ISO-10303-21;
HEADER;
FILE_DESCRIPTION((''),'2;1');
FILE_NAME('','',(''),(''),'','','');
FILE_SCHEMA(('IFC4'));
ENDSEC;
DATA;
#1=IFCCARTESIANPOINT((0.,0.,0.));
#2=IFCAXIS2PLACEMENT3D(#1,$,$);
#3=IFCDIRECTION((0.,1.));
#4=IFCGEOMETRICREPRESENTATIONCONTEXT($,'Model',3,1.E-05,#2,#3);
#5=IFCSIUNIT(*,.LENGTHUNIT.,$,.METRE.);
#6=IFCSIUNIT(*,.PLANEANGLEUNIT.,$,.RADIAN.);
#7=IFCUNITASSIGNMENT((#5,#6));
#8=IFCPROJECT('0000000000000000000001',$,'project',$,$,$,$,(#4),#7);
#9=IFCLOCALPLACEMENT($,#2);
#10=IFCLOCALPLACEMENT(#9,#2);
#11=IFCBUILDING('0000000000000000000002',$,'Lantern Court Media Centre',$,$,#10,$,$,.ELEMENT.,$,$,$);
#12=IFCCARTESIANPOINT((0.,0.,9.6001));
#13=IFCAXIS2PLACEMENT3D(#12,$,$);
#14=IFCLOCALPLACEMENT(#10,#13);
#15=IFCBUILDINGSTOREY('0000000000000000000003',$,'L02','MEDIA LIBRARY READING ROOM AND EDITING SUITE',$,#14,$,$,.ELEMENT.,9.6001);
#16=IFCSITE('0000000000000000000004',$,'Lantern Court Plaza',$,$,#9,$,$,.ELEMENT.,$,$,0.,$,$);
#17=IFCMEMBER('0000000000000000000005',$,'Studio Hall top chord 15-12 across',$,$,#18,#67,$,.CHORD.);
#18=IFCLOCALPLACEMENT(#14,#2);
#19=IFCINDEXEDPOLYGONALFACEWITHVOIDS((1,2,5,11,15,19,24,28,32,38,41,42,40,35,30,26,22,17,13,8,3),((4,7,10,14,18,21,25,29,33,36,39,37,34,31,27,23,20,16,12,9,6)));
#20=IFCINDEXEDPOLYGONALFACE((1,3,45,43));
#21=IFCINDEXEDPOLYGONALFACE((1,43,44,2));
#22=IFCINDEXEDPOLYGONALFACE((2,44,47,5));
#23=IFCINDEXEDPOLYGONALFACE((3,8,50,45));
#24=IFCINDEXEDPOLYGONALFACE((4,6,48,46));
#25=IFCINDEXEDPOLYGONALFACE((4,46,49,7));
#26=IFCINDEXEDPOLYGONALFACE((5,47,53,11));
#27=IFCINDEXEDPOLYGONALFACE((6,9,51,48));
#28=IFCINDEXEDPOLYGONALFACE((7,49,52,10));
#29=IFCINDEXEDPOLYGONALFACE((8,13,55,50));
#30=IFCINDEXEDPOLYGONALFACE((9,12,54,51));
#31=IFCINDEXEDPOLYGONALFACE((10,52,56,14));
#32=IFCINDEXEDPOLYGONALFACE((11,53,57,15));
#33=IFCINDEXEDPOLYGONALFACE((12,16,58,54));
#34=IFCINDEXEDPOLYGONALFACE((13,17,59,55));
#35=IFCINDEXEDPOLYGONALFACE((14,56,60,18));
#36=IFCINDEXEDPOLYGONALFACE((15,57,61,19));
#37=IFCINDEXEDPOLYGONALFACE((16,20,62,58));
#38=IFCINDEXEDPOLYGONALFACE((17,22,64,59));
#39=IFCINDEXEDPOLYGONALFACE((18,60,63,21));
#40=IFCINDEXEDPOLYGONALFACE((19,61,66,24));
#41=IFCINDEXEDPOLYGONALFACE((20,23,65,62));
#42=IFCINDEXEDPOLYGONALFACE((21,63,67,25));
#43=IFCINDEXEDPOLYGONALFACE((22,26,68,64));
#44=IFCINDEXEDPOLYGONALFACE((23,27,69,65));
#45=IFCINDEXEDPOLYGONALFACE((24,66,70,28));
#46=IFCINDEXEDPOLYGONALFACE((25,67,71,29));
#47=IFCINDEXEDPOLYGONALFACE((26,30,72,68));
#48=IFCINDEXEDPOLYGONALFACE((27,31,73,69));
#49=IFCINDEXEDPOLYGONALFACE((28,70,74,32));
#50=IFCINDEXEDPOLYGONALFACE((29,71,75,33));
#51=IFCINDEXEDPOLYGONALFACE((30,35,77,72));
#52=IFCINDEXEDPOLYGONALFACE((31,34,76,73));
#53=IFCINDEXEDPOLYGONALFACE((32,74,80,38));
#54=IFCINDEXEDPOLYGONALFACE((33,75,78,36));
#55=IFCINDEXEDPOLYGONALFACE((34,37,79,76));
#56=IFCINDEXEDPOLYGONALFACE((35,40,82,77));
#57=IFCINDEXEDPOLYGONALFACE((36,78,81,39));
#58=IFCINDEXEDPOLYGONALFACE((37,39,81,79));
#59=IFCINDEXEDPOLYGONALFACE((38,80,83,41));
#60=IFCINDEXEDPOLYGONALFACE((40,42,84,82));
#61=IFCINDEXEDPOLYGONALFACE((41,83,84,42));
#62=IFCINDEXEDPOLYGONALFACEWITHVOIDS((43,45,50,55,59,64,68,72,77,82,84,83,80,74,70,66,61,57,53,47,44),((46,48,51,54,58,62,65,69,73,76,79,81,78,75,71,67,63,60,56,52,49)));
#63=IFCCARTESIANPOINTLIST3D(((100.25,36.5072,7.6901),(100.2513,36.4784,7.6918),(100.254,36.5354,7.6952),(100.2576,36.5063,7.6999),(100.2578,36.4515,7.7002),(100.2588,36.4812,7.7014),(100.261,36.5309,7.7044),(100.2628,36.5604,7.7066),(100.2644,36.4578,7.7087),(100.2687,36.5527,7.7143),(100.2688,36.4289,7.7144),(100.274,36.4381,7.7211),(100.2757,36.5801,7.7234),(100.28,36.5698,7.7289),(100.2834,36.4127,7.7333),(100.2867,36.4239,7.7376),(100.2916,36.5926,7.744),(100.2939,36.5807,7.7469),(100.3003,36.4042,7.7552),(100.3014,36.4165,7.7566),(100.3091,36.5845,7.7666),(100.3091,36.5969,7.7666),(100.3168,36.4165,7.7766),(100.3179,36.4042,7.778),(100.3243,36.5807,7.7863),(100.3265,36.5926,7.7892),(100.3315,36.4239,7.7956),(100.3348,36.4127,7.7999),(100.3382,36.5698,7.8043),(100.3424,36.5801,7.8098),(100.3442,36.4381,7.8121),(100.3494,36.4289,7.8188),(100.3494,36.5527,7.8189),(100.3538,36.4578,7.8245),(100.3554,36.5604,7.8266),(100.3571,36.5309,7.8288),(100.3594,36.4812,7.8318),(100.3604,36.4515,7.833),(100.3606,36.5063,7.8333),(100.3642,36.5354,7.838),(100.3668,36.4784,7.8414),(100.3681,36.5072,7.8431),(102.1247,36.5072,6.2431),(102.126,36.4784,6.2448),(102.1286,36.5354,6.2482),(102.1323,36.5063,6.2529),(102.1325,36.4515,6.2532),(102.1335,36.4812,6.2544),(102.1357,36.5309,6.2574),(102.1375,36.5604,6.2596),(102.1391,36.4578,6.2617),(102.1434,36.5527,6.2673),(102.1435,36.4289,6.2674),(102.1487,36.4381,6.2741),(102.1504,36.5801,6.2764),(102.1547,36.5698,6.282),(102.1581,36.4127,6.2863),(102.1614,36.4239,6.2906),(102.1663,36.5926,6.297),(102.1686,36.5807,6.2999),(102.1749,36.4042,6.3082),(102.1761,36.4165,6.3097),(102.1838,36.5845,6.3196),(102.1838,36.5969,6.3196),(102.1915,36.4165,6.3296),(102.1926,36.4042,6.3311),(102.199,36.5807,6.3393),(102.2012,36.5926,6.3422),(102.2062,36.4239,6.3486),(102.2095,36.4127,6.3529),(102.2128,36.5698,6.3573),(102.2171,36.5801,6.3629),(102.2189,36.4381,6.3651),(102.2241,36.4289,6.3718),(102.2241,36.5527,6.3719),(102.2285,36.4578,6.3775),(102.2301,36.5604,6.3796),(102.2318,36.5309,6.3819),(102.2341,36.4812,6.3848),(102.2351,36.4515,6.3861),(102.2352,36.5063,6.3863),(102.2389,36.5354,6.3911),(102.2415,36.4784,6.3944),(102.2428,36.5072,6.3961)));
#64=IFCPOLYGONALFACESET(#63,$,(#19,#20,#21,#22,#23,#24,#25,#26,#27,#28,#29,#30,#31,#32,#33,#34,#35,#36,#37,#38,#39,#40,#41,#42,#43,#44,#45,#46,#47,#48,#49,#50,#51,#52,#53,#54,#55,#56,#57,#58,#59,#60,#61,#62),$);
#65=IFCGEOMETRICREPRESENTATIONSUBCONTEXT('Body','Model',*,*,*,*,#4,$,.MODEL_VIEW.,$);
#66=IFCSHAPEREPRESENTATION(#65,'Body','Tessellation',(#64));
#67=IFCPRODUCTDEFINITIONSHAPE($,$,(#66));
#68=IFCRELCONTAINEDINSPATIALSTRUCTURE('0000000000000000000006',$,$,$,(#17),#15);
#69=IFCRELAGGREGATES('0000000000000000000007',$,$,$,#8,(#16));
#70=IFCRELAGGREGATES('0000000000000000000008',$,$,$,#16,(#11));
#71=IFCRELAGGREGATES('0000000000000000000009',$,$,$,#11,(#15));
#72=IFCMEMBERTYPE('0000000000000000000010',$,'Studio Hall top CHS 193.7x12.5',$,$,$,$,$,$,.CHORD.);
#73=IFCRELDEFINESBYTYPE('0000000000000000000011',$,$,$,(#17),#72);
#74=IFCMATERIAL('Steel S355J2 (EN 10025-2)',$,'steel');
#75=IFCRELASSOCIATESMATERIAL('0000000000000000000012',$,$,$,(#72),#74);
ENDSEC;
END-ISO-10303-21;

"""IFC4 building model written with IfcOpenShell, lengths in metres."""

from ifc_helpers import new_model, si_unit, direction, frame, origin, origin_2d, place, context, subcontext, project, spatial, hollow_circle, extrude, material, material_profile, profile_set, type_object, element, save


model = new_model("IFC4")

# Units and contexts
model_context = context("Model", 3, precision=1e-05, world=origin(), true_north=direction((0.0, 1.0)))
body_context = subcontext(model_context, "Body", "Model", "MODEL_VIEW")
ifc_project = project(units=[si_unit("LENGTHUNIT", "METRE"), si_unit("PLANEANGLEUNIT", "RADIAN")], contexts=[model_context])

# Site, building, storey
site_placement = place(None, origin())
site = spatial("IfcSite", under=ifc_project, at=site_placement, Name="Lantern Court Plaza", CompositionType="ELEMENT", RefElevation=0.0)
building_placement = place(site_placement, origin())
building = spatial("IfcBuilding", under=site, at=building_placement, Name="Lantern Court Media Centre", CompositionType="ELEMENT")
storey_placement = place(building_placement, frame((0.0, 0.0, 9.6001)))
storey = spatial("IfcBuildingStorey", under=building, at=storey_placement, Name="L02", Description="MEDIA LIBRARY READING ROOM AND EDITING SUITE", CompositionType="ELEMENT", Elevation=9.6001)

# Member
ifc_material = material(Name="Steel S355J2 (EN 10025-2)", Category="steel")
ifc_material_profile_1 = material_profile(ifc_material, hollow_circle(Radius=0.0969, WallThickness=0.0125, at=origin_2d()), Name="Studio Hall top CHS 193.7x12.5")
ifc_profile_set_1 = profile_set([ifc_material_profile_1], Name="Steel S355J2 (EN 10025-2)")
member_type_1 = type_object("IfcMemberType", Name="Studio Hall top CHS 193.7x12.5", PredefinedType="CHORD", material=ifc_profile_set_1)
member_1_placement = place(storey_placement, frame((100.3091, 36.5, 7.7666), z_axis=(0.791623, 0.0, -0.61101), x_axis=(0.0, 1.0, 0.0)))
element("IfcMember", 1, at=member_1_placement, inside=storey, type_object=member_type_1, Name="Studio Hall top chord 15-12 across", PredefinedType="CHORD", context=body_context, shape_type="SweptSolid", body=[
    extrude(hollow_circle(Radius=0.0969, WallThickness=0.0125, at=origin_2d()), origin(), (0.0, 0.0, 1.0), 2.3682),
])

save(model, "model.ifc")
